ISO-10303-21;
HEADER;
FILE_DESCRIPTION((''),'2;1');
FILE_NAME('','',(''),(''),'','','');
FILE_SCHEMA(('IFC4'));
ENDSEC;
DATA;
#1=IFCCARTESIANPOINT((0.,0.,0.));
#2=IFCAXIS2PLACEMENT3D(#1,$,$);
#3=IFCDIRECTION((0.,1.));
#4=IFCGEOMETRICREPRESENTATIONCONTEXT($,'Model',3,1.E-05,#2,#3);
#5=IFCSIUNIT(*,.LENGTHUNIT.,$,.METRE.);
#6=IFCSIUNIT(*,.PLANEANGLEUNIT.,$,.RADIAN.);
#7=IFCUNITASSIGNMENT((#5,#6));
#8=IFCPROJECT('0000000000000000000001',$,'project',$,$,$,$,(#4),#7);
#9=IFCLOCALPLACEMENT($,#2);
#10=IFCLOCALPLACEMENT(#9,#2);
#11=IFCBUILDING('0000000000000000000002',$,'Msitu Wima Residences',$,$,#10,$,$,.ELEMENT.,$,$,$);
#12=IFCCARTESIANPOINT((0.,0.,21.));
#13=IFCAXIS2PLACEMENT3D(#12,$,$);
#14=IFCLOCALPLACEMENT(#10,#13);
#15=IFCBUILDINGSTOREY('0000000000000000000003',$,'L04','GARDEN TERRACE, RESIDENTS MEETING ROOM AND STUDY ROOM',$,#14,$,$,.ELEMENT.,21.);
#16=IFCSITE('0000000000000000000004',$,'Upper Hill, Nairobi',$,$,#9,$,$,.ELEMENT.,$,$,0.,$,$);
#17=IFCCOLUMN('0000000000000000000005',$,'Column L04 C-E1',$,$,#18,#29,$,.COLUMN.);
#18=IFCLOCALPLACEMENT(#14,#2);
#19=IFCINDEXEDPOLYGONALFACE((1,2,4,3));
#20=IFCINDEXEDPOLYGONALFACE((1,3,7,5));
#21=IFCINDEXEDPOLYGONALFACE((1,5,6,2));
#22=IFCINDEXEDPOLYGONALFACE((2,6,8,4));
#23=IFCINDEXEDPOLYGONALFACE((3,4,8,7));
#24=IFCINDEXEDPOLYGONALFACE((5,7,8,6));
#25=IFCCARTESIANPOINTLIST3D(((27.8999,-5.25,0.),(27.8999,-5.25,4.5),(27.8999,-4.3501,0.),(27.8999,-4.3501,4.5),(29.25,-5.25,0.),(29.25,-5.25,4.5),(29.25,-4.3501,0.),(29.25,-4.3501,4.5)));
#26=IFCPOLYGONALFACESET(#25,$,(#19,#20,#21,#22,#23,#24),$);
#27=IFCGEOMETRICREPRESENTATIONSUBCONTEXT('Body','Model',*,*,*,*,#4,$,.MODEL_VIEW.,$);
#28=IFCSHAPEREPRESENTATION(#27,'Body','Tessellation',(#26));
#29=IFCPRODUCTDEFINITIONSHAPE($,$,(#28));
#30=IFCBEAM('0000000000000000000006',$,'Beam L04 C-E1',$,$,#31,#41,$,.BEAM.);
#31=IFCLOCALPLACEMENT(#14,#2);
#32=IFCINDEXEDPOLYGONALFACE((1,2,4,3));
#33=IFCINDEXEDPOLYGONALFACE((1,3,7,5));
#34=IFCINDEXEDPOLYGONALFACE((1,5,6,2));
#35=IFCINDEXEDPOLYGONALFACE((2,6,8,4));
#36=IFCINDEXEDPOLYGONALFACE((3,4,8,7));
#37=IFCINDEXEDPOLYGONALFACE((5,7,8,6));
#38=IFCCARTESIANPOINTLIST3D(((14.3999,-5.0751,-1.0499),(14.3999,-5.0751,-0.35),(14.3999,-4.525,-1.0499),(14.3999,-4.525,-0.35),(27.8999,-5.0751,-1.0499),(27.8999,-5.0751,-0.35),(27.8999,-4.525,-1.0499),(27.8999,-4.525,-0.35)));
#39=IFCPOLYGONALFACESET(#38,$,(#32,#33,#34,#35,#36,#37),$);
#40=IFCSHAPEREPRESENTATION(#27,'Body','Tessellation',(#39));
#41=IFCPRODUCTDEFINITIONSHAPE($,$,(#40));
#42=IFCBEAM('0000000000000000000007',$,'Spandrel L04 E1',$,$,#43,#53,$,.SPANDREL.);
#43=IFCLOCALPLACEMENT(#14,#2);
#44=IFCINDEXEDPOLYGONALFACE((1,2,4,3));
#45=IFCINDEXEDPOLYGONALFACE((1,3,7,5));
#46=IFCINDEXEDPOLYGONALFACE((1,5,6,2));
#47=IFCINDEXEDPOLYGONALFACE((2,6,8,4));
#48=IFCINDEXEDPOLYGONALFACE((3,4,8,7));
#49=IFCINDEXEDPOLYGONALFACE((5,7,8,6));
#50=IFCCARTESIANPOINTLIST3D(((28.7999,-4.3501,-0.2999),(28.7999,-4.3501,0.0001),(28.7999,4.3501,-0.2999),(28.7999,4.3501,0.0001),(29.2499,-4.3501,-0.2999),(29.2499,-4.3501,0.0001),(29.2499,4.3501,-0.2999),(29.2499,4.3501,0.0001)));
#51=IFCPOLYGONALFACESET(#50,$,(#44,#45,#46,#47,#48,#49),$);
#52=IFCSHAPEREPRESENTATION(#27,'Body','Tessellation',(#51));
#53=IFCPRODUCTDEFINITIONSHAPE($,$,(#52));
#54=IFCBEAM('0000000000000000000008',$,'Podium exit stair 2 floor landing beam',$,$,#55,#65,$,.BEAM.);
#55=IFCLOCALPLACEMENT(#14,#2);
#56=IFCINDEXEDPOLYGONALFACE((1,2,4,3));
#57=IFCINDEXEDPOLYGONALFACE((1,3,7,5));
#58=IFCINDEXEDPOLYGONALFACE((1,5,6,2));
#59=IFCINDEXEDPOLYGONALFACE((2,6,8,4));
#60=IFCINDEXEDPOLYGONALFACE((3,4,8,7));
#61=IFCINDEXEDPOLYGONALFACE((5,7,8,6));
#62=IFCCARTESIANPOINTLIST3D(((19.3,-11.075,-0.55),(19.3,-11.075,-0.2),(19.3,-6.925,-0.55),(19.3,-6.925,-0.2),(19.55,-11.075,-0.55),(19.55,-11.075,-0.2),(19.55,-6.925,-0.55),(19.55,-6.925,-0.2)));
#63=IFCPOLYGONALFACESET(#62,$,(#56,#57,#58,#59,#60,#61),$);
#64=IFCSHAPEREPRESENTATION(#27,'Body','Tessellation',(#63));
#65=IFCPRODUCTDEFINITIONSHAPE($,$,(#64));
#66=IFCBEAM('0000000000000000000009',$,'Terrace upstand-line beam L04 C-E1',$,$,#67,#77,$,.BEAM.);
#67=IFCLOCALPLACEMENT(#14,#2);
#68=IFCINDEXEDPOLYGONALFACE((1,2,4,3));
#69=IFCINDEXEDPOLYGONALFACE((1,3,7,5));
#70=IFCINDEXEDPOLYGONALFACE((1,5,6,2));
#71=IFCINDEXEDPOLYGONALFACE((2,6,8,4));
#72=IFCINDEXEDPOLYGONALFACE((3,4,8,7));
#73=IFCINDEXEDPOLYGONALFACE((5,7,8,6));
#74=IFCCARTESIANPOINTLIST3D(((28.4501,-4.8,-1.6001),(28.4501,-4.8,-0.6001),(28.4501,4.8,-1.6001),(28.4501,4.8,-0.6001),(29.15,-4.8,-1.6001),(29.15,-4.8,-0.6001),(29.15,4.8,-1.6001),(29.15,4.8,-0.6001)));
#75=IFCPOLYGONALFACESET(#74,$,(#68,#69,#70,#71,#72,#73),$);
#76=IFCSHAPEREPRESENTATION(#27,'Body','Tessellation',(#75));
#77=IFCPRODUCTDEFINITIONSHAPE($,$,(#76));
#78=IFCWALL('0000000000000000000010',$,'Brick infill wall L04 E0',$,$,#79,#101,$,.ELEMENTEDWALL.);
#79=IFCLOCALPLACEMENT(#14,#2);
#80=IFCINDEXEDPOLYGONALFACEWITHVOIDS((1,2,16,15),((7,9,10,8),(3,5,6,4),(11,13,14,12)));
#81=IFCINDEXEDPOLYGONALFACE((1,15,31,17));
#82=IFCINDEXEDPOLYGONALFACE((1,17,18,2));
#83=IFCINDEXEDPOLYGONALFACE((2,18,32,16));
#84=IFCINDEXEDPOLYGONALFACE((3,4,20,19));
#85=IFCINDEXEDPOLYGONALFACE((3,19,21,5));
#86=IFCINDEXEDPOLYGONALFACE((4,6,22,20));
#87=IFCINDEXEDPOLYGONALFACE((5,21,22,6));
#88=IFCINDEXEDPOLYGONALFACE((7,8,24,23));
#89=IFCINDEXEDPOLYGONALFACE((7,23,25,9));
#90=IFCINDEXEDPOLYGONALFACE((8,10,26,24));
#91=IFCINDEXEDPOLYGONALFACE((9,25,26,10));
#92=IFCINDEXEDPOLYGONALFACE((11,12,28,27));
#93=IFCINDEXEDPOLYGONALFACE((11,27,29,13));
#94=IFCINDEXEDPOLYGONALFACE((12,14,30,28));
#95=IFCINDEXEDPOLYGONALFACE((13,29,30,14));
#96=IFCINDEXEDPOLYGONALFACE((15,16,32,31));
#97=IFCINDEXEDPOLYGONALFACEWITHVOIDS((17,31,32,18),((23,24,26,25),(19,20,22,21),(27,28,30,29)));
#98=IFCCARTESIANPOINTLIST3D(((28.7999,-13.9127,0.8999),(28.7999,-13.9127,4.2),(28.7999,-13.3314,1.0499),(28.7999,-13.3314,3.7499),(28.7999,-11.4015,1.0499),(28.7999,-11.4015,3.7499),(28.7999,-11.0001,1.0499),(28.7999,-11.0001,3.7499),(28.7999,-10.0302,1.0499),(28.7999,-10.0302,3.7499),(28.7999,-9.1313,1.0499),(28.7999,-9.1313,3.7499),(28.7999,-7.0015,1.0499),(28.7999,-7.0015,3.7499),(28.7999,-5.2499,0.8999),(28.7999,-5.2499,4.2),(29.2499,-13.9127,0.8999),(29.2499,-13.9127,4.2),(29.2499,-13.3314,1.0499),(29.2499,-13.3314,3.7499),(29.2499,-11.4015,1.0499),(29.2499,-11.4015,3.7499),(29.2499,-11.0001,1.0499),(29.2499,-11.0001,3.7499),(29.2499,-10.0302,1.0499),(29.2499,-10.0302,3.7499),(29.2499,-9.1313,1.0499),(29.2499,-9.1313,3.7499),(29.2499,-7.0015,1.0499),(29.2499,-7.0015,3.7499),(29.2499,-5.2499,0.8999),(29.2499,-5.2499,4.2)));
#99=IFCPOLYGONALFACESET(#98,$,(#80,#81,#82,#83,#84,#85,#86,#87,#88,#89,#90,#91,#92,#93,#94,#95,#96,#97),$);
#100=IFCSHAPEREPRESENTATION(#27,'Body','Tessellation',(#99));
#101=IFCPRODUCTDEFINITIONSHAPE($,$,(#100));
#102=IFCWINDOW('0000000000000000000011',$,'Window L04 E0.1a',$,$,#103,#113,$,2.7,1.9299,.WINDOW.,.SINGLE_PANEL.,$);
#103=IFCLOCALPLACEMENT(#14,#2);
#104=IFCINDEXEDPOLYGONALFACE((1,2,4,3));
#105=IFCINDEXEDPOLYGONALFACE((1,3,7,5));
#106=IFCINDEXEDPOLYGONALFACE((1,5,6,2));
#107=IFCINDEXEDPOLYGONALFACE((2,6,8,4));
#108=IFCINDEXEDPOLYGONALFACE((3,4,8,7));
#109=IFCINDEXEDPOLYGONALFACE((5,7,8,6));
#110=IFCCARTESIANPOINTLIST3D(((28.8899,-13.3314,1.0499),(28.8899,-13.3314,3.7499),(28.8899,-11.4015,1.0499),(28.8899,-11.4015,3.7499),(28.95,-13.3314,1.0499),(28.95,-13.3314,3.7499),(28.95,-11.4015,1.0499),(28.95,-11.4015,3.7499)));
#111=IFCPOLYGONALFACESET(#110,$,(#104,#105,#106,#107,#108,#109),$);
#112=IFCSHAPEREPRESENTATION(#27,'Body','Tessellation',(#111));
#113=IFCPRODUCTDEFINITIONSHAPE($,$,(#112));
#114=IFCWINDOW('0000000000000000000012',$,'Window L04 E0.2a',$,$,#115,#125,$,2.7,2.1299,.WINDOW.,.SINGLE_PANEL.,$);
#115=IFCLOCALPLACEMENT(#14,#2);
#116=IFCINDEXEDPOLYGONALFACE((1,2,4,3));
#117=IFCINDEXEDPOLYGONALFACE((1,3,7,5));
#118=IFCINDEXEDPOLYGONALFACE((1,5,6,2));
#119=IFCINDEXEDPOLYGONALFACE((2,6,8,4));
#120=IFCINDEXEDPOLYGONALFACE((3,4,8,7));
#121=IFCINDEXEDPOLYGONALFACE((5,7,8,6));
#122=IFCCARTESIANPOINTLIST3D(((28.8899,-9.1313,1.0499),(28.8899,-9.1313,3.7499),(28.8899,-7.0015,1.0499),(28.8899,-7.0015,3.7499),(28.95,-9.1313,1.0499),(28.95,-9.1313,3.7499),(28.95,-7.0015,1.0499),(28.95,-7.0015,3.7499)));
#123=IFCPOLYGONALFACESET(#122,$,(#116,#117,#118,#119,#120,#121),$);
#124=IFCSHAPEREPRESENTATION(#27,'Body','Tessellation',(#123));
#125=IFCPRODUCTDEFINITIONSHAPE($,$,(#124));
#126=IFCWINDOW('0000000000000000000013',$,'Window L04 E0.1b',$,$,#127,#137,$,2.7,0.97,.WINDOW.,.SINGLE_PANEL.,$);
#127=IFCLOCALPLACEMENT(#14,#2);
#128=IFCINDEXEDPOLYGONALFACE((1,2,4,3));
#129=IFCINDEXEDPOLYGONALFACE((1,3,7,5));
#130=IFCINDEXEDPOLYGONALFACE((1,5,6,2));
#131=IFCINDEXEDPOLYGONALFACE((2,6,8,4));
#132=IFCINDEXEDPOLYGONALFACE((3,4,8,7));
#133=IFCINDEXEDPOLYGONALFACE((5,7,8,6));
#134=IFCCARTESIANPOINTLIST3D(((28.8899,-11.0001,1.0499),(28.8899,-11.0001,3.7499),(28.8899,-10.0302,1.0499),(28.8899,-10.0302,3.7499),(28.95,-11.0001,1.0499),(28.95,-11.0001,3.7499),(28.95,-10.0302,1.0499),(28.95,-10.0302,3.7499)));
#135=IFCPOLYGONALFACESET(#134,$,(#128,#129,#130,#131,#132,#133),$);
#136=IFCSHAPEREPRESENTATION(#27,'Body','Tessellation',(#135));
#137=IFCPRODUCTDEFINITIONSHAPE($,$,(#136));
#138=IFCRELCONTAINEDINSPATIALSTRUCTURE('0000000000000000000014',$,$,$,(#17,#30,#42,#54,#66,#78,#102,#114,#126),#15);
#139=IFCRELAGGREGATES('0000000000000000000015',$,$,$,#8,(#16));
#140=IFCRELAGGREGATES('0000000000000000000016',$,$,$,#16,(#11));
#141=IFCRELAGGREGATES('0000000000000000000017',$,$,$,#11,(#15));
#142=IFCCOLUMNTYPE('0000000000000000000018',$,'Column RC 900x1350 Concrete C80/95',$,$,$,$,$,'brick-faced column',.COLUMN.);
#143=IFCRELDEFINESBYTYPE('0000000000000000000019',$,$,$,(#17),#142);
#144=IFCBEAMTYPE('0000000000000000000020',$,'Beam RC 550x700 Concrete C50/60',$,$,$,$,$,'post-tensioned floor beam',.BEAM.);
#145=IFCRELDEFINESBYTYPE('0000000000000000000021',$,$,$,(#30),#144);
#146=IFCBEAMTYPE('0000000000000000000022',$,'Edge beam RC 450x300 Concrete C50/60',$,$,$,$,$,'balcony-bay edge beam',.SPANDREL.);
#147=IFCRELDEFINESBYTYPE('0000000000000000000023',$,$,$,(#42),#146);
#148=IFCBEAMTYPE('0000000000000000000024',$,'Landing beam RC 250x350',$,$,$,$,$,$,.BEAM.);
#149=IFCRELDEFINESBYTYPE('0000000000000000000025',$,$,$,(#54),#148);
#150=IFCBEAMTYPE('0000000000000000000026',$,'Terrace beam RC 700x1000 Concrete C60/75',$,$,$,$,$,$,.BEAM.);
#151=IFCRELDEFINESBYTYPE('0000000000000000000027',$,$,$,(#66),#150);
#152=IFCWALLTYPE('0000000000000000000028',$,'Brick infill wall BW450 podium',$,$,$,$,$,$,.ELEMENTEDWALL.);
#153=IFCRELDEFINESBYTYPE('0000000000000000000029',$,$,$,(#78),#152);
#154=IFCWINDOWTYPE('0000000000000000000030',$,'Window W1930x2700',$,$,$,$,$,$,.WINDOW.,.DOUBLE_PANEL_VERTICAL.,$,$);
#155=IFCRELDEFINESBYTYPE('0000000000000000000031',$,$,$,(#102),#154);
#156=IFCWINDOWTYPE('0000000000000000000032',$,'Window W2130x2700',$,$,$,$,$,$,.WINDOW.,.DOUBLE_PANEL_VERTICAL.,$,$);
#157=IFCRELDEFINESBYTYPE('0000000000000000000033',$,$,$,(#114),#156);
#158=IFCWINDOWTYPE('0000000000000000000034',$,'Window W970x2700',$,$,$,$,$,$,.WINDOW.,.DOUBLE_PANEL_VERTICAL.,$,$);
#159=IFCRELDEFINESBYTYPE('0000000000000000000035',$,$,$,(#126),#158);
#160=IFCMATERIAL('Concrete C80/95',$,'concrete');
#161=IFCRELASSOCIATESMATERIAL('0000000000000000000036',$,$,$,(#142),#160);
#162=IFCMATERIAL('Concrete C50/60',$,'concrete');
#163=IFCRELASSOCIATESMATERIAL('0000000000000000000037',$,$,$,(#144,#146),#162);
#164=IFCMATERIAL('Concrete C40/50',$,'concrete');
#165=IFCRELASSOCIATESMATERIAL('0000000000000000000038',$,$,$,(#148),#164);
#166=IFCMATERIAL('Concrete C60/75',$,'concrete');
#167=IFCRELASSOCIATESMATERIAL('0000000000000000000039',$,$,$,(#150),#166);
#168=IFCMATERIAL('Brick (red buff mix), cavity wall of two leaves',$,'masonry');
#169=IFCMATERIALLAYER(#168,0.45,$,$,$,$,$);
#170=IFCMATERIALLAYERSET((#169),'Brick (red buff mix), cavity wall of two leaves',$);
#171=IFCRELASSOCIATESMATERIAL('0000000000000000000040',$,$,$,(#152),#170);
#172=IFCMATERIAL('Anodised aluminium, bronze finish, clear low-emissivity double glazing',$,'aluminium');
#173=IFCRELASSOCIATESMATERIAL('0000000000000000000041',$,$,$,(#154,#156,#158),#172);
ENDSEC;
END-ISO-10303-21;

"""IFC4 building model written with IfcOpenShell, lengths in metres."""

from ifc_helpers import new_model, si_unit, direction, frame, frame_2d, origin, origin_2d, place, context, subcontext, project, spatial, rectangle, extrude, material, layer, layer_set, material_profile, profile_set, type_object, element, fill, save


model = new_model("IFC4")

# Units and contexts
model_context = context("Model", 3, precision=1e-05, world=origin(), true_north=direction((0.0, 1.0)))
body_context = subcontext(model_context, "Body", "Model", "MODEL_VIEW")
ifc_project = project(units=[si_unit("LENGTHUNIT", "METRE"), si_unit("PLANEANGLEUNIT", "RADIAN")], contexts=[model_context])

# Site, building, storey
site_placement = place(None, origin())
site = spatial("IfcSite", under=ifc_project, at=site_placement, Name="Upper Hill, Nairobi", CompositionType="ELEMENT", RefElevation=0.0)
building_placement = place(site_placement, origin())
building = spatial("IfcBuilding", under=site, at=building_placement, Name="Msitu Wima Residences", CompositionType="ELEMENT")
storey_placement = place(building_placement, frame((0.0, 0.0, 21.0)))
storey = spatial("IfcBuildingStorey", under=building, at=storey_placement, Name="L04", Description="GARDEN TERRACE, RESIDENTS MEETING ROOM AND STUDY ROOM", CompositionType="ELEMENT", Elevation=21.0)

# Column
ifc_material_1 = material(Name="Concrete C80/95", Category="concrete")
ifc_material_profile_1 = material_profile(ifc_material_1, rectangle(XDim=0.8999, YDim=1.3501, at=origin_2d()), Name="RC 900x1350")
ifc_profile_set_1 = profile_set([ifc_material_profile_1], Name="Concrete C80/95")
column_type = type_object("IfcColumnType", Name="Column RC 900x1350 Concrete C80/95", ElementType="brick-faced column", PredefinedType="COLUMN", material=ifc_profile_set_1)
column_placement = place(storey_placement, frame((28.575, -4.8, 0.0), z_axis=(0.0, 0.0, 1.0), x_axis=(0.0, 1.0, 0.0)))
element("IfcColumn", 1, at=column_placement, inside=storey, type_object=column_type, Name="Column L04 C-E1", PredefinedType="COLUMN", context=body_context, shape_type="SweptSolid", body=[
    extrude(rectangle(XDim=0.8999, YDim=1.3501, at=origin_2d()), origin(), (0.0, 0.0, 1.0), 4.5),
])

# Beams
ifc_material_2 = material(Name="Concrete C50/60", Category="concrete")
ifc_material_profile_2 = material_profile(ifc_material_2, rectangle(XDim=0.55, YDim=0.7, at=origin_2d()), Name="RC 550x700")
ifc_profile_set_2 = profile_set([ifc_material_profile_2], Name="Concrete C50/60")
beam_type_1 = type_object("IfcBeamType", Name="Beam RC 550x700 Concrete C50/60", ElementType="post-tensioned floor beam", PredefinedType="BEAM", material=ifc_profile_set_2)
beam_1_placement = place(storey_placement, frame((27.8999, -4.8, -0.7), z_axis=(-1.0, 0.0, 0.0), x_axis=(0.0, -1.0, 0.0)))
element("IfcBeam", 2, at=beam_1_placement, inside=storey, type_object=beam_type_1, Name="Beam L04 C-E1", PredefinedType="BEAM", context=body_context, shape_type="SweptSolid", body=[
    extrude(rectangle(XDim=0.55, YDim=0.7, at=origin_2d()), origin(), (0.0, 0.0, 1.0), 13.5),
])
ifc_material_profile_3 = material_profile(ifc_material_2, rectangle(XDim=0.45, YDim=0.3, at=origin_2d()), Name="RC 450x300")
ifc_profile_set_3 = profile_set([ifc_material_profile_3], Name="Concrete C50/60")
beam_type_2 = type_object("IfcBeamType", Name="Edge beam RC 450x300 Concrete C50/60", ElementType="balcony-bay edge beam", PredefinedType="SPANDREL", material=ifc_profile_set_3)
beam_2_placement = place(storey_placement, frame((29.0249, -4.3501, -0.1499), z_axis=(0.0, 1.0, 0.0), x_axis=(-1.0, 0.0, 0.0)))
element("IfcBeam", 3, at=beam_2_placement, inside=storey, type_object=beam_type_2, Name="Spandrel L04 E1", PredefinedType="SPANDREL", context=body_context, shape_type="SweptSolid", body=[
    extrude(rectangle(XDim=0.45, YDim=0.3, at=origin_2d()), origin(), (0.0, 0.0, 1.0), 8.7002),
])
ifc_material_3 = material(Name="Concrete C40/50", Category="concrete")
ifc_material_profile_4 = material_profile(ifc_material_3, rectangle(XDim=0.25, YDim=0.3501, at=origin_2d()), Name="RC 250x350")
ifc_profile_set_4 = profile_set([ifc_material_profile_4], Name="Concrete C40/50")
beam_type_3 = type_object("IfcBeamType", Name="Landing beam RC 250x350", PredefinedType="BEAM", material=ifc_profile_set_4)
beam_3_placement = place(storey_placement, frame((19.425, -6.925, -0.375), z_axis=(0.0, -1.0, 0.0), x_axis=(1.0, 0.0, 0.0)))
element("IfcBeam", 4, at=beam_3_placement, inside=storey, type_object=beam_type_3, Name="Podium exit stair 2 floor landing beam", PredefinedType="BEAM", context=body_context, shape_type="SweptSolid", body=[
    extrude(rectangle(XDim=0.25, YDim=0.3501, at=origin_2d()), origin(), (0.0, 0.0, 1.0), 4.1499),
])
ifc_material_4 = material(Name="Concrete C60/75", Category="concrete")
ifc_material_profile_5 = material_profile(ifc_material_4, rectangle(XDim=0.7, YDim=1.0, at=origin_2d()), Name="RC 700x1000")
ifc_profile_set_5 = profile_set([ifc_material_profile_5], Name="Concrete C60/75")
beam_type_4 = type_object("IfcBeamType", Name="Terrace beam RC 700x1000 Concrete C60/75", PredefinedType="BEAM", material=ifc_profile_set_5)
beam_4_placement = place(storey_placement, frame((28.8, -4.8, -1.1001), z_axis=(0.0, 1.0, 0.0), x_axis=(-1.0, 0.0, 0.0)))
element("IfcBeam", 5, at=beam_4_placement, inside=storey, type_object=beam_type_4, Name="Terrace upstand-line beam L04 C-E1", PredefinedType="BEAM", context=body_context, shape_type="SweptSolid", body=[
    extrude(rectangle(XDim=0.7, YDim=1.0, at=origin_2d()), origin(), (0.0, 0.0, 1.0), 9.6001),
])

# Wall, openings, windows
ifc_material_5 = material(Name="Brick (red buff mix), cavity wall of two leaves", Category="masonry")
ifc_layer_1 = layer(ifc_material_5, 0.45)
ifc_layer_set_1 = layer_set([ifc_layer_1], Name="Brick (red buff mix), cavity wall of two leaves")
wall_type_1 = type_object("IfcWallType", Name="Brick infill wall BW450 podium", PredefinedType="ELEMENTEDWALL", material=ifc_layer_set_1)
wall_1_placement = place(storey_placement, frame((29.0249, -13.9128, 0.8999), z_axis=(0.0, 0.0, 1.0), x_axis=(0.0, 1.0, 0.0)))
wall_1 = element("IfcWall", 6, at=wall_1_placement, inside=storey, type_object=wall_type_1, Name="Brick infill wall L04 E0", PredefinedType="ELEMENTEDWALL", context=body_context, shape_type="SweptSolid", body=[
    extrude(rectangle(XDim=8.6628, YDim=0.45, at=frame_2d((4.3315, 0.0))), origin(), (0.0, 0.0, 1.0), 3.3),
])
opening_1_placement = place(wall_1_placement, frame((0.5815, 0.0, 0.1499)))
opening_1 = element("IfcOpeningElement", 7, at=opening_1_placement, cuts=wall_1, PredefinedType="OPENING", context=body_context, shape_type="SweptSolid", body=[
    extrude(rectangle(XDim=1.9299, YDim=2.7, at=frame_2d((0.9648, 1.3501))), frame((0.0, 0.2349, 0.0), z_axis=(0.0, -1.0, 0.0), x_axis=(1.0, 0.0, 0.0)), (0.0, 0.0, 1.0), 0.47),
])
opening_2_placement = place(wall_1_placement, frame((2.9128, 0.0, 0.1499)))
opening_2 = element("IfcOpeningElement", 8, at=opening_2_placement, cuts=wall_1, PredefinedType="OPENING", context=body_context, shape_type="SweptSolid", body=[
    extrude(rectangle(XDim=0.97, YDim=2.7, at=frame_2d((0.4849, 1.3501))), frame((0.0, 0.2349, 0.0), z_axis=(0.0, -1.0, 0.0), x_axis=(1.0, 0.0, 0.0)), (0.0, 0.0, 1.0), 0.47),
])
opening_3_placement = place(wall_1_placement, frame((4.7815, 0.0, 0.1499)))
opening_3 = element("IfcOpeningElement", 9, at=opening_3_placement, cuts=wall_1, PredefinedType="OPENING", context=body_context, shape_type="SweptSolid", body=[
    extrude(rectangle(XDim=2.1299, YDim=2.7, at=frame_2d((1.0649, 1.3501))), frame((0.0, 0.2349, 0.0), z_axis=(0.0, -1.0, 0.0), x_axis=(1.0, 0.0, 0.0)), (0.0, 0.0, 1.0), 0.47),
])
ifc_material_6 = material(Name="Anodised aluminium, bronze finish, clear low-emissivity double glazing", Category="aluminium")
window_type_1 = type_object("IfcWindowType", Name="Window W1930x2700", PartitioningType="DOUBLE_PANEL_VERTICAL", PredefinedType="WINDOW", material=ifc_material_6)
window_1_placement = place(opening_1_placement, origin())
window_1 = element("IfcWindow", 10, at=window_1_placement, inside=storey, type_object=window_type_1, Name="Window L04 E0.1a", OverallHeight=2.7, OverallWidth=1.9299, PartitioningType="SINGLE_PANEL", PredefinedType="WINDOW", context=body_context, shape_type="SweptSolid", body=[
    extrude(rectangle(XDim=1.9299, YDim=2.7, at=frame_2d((0.9648, 1.3501))), frame((0.0, 0.135, 0.0), z_axis=(0.0, -1.0, 0.0), x_axis=(1.0, 0.0, 0.0)), (0.0, 0.0, 1.0), 0.0601),
])
fill(opening_1, window_1)
window_type_2 = type_object("IfcWindowType", Name="Window W2130x2700", PartitioningType="DOUBLE_PANEL_VERTICAL", PredefinedType="WINDOW", material=ifc_material_6)
window_2_placement = place(opening_3_placement, origin())
window_2 = element("IfcWindow", 11, at=window_2_placement, inside=storey, type_object=window_type_2, Name="Window L04 E0.2a", OverallHeight=2.7, OverallWidth=2.1299, PartitioningType="SINGLE_PANEL", PredefinedType="WINDOW", context=body_context, shape_type="SweptSolid", body=[
    extrude(rectangle(XDim=2.1299, YDim=2.7, at=frame_2d((1.0649, 1.3501))), frame((0.0, 0.135, 0.0), z_axis=(0.0, -1.0, 0.0), x_axis=(1.0, 0.0, 0.0)), (0.0, 0.0, 1.0), 0.0601),
])
fill(opening_3, window_2)
window_type_3 = type_object("IfcWindowType", Name="Window W970x2700", PartitioningType="DOUBLE_PANEL_VERTICAL", PredefinedType="WINDOW", material=ifc_material_6)
window_3_placement = place(opening_2_placement, origin())
window_3 = element("IfcWindow", 12, at=window_3_placement, inside=storey, type_object=window_type_3, Name="Window L04 E0.1b", OverallHeight=2.7, OverallWidth=0.97, PartitioningType="SINGLE_PANEL", PredefinedType="WINDOW", context=body_context, shape_type="SweptSolid", body=[
    extrude(rectangle(XDim=0.97, YDim=2.7, at=frame_2d((0.4849, 1.3501))), frame((0.0, 0.135, 0.0), z_axis=(0.0, -1.0, 0.0), x_axis=(1.0, 0.0, 0.0)), (0.0, 0.0, 1.0), 0.0601),
])
fill(opening_2, window_3)

save(model, "model.ifc")
